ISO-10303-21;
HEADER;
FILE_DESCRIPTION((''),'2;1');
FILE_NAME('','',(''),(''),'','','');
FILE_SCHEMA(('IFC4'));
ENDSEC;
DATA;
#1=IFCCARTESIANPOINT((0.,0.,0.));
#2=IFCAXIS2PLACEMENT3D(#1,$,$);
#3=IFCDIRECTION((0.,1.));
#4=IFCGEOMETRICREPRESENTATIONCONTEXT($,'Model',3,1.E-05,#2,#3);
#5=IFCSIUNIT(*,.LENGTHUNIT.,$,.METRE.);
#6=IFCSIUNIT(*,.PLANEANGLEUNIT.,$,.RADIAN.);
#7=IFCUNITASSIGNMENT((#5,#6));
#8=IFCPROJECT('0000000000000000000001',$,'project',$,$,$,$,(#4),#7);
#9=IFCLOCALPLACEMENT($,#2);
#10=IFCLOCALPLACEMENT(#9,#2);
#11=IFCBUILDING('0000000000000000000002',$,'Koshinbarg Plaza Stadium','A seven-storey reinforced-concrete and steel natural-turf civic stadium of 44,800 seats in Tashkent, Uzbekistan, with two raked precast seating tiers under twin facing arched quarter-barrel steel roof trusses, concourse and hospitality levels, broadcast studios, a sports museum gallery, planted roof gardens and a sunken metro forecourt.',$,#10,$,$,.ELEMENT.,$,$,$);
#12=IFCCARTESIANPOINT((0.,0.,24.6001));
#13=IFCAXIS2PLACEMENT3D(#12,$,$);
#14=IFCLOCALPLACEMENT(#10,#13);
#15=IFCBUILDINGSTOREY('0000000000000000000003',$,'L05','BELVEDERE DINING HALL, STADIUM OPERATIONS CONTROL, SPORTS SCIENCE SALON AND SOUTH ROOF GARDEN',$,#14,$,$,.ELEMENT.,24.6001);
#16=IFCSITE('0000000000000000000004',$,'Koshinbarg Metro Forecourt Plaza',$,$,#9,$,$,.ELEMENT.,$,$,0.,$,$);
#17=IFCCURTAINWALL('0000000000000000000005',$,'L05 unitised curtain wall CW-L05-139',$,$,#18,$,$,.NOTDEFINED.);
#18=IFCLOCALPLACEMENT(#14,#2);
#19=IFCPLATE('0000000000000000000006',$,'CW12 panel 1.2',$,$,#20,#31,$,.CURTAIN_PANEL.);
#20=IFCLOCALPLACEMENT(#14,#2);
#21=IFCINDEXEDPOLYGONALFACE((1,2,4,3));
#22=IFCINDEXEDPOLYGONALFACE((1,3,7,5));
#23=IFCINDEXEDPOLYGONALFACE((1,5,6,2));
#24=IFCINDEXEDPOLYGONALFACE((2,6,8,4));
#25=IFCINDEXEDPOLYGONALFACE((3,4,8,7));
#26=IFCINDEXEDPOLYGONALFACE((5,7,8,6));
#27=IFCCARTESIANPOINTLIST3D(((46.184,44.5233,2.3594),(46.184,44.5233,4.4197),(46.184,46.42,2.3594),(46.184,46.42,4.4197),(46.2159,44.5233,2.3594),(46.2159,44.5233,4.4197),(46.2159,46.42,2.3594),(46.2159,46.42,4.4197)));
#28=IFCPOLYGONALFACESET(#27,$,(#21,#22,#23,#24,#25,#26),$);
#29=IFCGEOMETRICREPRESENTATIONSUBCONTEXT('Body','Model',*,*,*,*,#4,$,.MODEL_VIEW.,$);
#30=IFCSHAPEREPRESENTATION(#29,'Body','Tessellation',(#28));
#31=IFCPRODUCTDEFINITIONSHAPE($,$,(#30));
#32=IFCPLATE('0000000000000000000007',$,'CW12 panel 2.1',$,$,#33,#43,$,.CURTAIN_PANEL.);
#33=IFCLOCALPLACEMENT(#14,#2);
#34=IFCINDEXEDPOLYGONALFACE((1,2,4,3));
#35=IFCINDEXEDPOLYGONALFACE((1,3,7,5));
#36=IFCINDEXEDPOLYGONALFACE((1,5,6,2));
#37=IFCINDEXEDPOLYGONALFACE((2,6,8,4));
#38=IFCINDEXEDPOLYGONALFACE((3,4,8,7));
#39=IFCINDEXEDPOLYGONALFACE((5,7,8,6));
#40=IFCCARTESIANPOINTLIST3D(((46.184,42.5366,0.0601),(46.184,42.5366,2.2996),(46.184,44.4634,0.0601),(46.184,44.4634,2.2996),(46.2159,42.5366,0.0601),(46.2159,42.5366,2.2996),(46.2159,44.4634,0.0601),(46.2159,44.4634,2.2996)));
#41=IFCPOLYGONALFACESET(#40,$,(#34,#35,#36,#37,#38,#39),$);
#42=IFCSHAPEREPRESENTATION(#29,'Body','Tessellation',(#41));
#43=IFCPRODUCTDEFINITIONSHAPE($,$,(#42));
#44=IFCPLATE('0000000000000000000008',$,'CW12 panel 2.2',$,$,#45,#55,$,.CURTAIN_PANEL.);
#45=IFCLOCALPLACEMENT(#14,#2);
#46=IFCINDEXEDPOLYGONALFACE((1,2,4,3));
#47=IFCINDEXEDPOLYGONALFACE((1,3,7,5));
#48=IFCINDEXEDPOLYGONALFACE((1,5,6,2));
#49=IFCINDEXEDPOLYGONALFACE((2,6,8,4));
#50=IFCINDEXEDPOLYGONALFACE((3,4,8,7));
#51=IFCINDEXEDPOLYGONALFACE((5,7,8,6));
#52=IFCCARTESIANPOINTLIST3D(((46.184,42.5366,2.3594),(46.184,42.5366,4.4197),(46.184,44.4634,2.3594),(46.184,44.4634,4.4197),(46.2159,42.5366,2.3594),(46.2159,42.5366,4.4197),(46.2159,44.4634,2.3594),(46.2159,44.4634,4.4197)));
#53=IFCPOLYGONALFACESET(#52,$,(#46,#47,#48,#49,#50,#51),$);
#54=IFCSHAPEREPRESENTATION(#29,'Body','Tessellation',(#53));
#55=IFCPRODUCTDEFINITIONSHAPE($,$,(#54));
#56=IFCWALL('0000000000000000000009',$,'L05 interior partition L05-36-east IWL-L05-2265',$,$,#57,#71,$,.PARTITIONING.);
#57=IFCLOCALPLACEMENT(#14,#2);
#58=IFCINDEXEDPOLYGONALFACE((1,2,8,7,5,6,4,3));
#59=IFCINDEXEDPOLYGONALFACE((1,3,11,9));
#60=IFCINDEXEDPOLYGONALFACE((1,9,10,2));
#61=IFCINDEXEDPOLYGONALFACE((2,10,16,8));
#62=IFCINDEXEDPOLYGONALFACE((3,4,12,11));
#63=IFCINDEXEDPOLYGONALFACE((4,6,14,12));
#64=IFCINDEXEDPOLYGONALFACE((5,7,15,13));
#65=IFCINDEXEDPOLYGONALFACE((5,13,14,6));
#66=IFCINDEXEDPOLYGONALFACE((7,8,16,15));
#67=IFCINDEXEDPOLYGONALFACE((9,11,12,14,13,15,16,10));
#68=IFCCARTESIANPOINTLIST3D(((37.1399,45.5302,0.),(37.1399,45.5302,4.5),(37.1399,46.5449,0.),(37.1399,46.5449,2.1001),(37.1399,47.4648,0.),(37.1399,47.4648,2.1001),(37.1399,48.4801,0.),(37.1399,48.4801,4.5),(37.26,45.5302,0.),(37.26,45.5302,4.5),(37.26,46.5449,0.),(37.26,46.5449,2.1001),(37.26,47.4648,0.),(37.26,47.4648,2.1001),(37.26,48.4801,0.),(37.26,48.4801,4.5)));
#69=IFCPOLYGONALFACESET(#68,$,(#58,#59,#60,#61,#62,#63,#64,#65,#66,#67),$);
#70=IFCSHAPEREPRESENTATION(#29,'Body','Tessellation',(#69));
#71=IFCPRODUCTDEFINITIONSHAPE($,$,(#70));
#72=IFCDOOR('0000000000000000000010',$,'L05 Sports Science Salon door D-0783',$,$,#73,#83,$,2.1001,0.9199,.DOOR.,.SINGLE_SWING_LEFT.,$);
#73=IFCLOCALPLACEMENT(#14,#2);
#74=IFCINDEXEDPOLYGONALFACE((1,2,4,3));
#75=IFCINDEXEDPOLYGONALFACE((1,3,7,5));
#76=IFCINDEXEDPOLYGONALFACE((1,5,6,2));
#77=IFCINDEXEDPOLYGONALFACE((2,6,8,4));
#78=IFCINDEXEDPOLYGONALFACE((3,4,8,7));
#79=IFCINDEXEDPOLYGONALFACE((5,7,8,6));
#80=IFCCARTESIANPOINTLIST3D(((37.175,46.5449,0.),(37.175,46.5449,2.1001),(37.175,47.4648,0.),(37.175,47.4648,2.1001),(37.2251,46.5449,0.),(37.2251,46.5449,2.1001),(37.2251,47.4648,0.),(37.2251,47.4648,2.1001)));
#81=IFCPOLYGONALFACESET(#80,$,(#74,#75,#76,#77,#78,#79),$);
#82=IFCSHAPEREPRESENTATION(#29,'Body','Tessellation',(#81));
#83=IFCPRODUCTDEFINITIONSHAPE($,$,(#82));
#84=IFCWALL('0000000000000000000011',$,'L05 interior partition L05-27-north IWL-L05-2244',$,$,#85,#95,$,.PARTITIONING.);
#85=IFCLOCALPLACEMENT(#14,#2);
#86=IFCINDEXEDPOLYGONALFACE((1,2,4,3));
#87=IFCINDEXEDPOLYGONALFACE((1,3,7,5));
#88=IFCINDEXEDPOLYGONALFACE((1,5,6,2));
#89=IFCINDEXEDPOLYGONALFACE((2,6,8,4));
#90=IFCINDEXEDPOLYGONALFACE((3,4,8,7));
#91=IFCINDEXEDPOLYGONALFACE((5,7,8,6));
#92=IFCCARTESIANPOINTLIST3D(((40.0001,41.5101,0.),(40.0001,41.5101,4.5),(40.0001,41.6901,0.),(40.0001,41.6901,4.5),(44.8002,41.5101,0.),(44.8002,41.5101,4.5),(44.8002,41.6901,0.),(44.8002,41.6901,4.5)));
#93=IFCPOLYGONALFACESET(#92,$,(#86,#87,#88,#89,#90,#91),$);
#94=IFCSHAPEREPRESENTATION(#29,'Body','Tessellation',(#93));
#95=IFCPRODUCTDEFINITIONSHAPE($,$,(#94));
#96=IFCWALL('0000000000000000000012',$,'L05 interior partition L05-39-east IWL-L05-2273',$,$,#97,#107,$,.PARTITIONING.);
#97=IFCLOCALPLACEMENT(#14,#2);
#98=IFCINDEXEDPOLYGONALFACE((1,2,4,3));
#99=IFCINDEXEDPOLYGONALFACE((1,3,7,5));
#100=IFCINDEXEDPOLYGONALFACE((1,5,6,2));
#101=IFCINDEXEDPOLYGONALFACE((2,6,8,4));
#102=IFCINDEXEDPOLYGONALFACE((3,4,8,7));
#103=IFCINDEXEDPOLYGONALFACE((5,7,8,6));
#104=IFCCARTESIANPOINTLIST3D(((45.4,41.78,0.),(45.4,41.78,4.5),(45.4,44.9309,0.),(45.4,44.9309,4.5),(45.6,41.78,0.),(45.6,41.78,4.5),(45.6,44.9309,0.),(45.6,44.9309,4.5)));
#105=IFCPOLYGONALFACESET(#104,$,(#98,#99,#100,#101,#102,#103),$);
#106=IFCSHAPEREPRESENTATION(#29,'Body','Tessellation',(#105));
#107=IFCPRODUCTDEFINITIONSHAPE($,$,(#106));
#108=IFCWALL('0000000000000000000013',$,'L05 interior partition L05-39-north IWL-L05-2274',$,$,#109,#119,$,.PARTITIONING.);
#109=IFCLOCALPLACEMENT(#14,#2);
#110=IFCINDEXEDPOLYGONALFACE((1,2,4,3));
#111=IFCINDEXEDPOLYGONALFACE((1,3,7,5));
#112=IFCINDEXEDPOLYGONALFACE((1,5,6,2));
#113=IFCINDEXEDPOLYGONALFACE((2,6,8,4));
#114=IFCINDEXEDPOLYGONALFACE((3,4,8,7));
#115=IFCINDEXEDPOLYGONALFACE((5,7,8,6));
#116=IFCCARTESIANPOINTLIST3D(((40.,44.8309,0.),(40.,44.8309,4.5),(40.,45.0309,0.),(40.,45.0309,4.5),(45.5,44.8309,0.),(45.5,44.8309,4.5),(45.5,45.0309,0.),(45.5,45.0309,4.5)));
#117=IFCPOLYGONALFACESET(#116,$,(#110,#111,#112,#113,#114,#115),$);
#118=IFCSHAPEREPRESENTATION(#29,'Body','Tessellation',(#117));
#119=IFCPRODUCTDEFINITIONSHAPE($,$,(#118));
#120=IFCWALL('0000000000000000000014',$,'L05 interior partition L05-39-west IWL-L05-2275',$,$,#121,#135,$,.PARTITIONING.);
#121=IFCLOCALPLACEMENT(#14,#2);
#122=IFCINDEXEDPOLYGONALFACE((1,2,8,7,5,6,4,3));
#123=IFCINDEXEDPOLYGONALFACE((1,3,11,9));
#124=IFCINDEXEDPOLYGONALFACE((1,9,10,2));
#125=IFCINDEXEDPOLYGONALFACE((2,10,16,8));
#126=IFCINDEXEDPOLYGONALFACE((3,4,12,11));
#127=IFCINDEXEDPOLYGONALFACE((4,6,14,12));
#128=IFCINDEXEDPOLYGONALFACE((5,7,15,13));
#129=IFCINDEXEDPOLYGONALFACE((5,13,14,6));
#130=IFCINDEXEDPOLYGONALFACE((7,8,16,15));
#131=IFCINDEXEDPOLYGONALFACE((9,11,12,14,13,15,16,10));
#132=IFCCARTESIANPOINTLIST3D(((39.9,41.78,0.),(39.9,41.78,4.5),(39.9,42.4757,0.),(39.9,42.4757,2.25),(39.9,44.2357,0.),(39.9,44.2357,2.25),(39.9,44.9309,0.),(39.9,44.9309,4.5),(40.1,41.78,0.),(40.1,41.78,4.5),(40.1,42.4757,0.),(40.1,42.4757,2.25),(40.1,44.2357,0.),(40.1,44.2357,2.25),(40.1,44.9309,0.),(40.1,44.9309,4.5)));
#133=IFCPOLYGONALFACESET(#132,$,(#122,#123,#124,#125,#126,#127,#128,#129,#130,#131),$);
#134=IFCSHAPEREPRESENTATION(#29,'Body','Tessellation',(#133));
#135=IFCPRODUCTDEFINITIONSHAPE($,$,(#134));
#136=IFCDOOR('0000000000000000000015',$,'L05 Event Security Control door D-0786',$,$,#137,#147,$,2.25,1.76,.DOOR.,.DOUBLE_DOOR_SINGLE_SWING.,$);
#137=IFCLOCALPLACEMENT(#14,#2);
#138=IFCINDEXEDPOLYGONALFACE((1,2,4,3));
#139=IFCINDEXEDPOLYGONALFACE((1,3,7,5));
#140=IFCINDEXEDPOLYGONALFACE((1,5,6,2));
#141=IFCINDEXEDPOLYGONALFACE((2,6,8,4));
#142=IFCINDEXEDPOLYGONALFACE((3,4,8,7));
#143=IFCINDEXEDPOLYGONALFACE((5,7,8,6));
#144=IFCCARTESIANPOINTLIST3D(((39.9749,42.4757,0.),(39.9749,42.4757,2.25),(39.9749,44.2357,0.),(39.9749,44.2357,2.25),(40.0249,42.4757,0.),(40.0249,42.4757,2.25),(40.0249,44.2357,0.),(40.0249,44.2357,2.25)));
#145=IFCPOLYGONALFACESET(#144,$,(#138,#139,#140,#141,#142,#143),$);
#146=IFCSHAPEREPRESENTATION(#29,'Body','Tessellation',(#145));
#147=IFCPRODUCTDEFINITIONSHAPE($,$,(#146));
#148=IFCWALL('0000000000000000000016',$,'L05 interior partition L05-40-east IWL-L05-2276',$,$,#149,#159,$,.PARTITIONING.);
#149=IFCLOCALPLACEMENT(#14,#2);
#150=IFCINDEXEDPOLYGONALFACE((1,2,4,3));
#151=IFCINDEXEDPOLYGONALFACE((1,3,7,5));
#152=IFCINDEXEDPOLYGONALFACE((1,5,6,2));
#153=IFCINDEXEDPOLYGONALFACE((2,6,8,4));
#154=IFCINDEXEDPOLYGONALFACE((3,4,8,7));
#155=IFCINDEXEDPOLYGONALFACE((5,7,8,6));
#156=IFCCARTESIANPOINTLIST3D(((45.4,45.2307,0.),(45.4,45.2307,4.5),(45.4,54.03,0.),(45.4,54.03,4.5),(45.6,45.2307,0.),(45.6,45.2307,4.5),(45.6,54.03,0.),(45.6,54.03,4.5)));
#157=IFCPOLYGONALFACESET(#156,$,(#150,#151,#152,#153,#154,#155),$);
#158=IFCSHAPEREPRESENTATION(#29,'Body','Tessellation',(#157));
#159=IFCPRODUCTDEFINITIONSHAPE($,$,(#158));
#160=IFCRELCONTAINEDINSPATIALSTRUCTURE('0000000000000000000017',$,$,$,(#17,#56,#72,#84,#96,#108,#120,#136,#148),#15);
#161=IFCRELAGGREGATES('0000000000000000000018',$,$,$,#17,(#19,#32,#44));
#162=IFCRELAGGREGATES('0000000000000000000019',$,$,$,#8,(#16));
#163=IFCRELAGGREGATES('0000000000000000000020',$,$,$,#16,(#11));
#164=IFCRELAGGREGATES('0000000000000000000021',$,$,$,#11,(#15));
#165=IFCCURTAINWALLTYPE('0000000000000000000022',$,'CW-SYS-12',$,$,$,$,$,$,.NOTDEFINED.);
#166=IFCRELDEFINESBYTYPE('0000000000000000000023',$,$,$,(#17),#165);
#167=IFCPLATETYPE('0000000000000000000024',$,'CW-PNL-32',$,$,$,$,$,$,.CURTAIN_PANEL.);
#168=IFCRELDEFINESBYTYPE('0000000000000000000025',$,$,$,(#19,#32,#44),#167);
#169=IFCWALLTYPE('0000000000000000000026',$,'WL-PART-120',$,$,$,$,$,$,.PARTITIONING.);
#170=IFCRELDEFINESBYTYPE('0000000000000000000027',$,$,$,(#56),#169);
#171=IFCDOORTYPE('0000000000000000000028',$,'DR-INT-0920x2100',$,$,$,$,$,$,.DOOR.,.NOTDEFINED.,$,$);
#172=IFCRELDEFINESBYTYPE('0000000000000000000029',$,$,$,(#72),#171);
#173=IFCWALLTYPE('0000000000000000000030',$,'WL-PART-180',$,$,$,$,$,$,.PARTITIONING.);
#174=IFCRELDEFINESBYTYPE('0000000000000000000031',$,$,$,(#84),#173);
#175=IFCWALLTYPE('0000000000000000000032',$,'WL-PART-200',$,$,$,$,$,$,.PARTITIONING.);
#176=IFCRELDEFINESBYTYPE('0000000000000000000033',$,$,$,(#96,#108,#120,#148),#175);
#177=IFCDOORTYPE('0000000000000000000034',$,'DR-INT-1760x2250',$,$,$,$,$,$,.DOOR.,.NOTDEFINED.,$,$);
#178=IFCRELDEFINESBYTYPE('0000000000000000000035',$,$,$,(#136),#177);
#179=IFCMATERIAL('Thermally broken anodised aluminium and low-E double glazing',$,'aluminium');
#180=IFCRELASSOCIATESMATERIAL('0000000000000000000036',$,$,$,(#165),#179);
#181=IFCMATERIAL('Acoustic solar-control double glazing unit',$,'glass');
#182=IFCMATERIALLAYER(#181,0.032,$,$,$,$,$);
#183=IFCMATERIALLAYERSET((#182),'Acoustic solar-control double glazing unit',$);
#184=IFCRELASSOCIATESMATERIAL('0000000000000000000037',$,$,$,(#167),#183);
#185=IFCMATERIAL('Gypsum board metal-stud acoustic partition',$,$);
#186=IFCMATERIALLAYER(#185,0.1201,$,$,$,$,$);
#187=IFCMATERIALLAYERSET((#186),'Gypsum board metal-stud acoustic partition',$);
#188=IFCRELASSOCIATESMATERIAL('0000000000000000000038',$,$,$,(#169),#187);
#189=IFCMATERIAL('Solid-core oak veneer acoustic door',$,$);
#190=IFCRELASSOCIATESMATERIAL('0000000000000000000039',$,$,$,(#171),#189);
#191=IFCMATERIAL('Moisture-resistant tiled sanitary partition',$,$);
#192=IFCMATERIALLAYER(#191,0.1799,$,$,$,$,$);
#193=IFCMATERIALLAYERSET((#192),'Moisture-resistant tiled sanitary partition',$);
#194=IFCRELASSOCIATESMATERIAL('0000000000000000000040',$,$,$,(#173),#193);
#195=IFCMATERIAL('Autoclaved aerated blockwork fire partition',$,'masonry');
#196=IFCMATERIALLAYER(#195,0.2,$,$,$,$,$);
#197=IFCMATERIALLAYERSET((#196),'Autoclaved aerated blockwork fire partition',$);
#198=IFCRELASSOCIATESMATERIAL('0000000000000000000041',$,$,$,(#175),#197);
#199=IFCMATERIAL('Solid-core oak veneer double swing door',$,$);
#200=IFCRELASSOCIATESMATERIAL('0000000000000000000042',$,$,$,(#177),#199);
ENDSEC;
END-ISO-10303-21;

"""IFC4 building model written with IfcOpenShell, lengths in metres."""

from ifc_helpers import new_model, si_unit, direction, frame, frame_2d, origin, origin_2d, place, context, subcontext, project, spatial, rectangle, extrude, material, layer, layer_set, type_object, element, fill, aggregate, save


model = new_model("IFC4")

# Units and contexts
model_context = context("Model", 3, precision=1e-05, world=origin(), true_north=direction((0.0, 1.0)))
body_context = subcontext(model_context, "Body", "Model", "MODEL_VIEW")
ifc_project = project(units=[si_unit("LENGTHUNIT", "METRE"), si_unit("PLANEANGLEUNIT", "RADIAN")], contexts=[model_context])

# Site, building, storey
site_placement = place(None, origin())
site = spatial("IfcSite", under=ifc_project, at=site_placement, Name="Koshinbarg Metro Forecourt Plaza", CompositionType="ELEMENT", RefElevation=0.0)
building_placement = place(site_placement, origin())
building = spatial("IfcBuilding", under=site, at=building_placement, Name="Koshinbarg Plaza Stadium", Description="A seven-storey reinforced-concrete and steel natural-turf civic stadium of 44,800 seats in Tashkent, Uzbekistan, with two raked precast seating tiers under twin facing arched quarter-barrel steel roof trusses, concourse and hospitality levels, broadcast studios, a sports museum gallery, planted roof gardens and a sunken metro forecourt.", CompositionType="ELEMENT")
storey_placement = place(building_placement, frame((0.0, 0.0, 24.6001)))
storey = spatial("IfcBuildingStorey", under=building, at=storey_placement, Name="L05", Description="BELVEDERE DINING HALL, STADIUM OPERATIONS CONTROL, SPORTS SCIENCE SALON AND SOUTH ROOF GARDEN", CompositionType="ELEMENT", Elevation=24.6001)

# Shared definitions
ifc_material_1 = material(Name="Thermally broken anodised aluminium and low-E double glazing", Category="aluminium")

# Curtain wall, plates
curtain_wall_type_1 = type_object("IfcCurtainWallType", Name="CW-SYS-12", PredefinedType="NOTDEFINED", material=ifc_material_1)
curtain_wall_1_placement = place(storey_placement, origin())
curtain_wall_1 = element("IfcCurtainWall", 1, at=curtain_wall_1_placement, inside=storey, type_object=curtain_wall_type_1, Name="L05 unitised curtain wall CW-L05-139", PredefinedType="NOTDEFINED")
ifc_material_2 = material(Name="Acoustic solar-control double glazing unit", Category="glass")
ifc_layer_1 = layer(ifc_material_2, 0.032)
ifc_layer_set_1 = layer_set([ifc_layer_1], Name="Acoustic solar-control double glazing unit")
plate_type = type_object("IfcPlateType", Name="CW-PNL-32", PredefinedType="CURTAIN_PANEL", material=ifc_layer_set_1)
plate_1_placement = place(storey_placement, frame((46.2, 45.4717, 2.3594), z_axis=(0.0, 0.0, 1.0), x_axis=(0.0, -1.0, 0.0)))
plate_1 = element("IfcPlate", 2, at=plate_1_placement, type_object=plate_type, Name="CW12 panel 1.2", PredefinedType="CURTAIN_PANEL", context=body_context, shape_type="SweptSolid", body=[
    extrude(rectangle(XDim=1.8967, YDim=0.032, at=origin_2d()), origin(), (0.0, 0.0, 1.0), 2.0603),
])
plate_2_placement = place(storey_placement, frame((46.2, 43.5, 0.0601), z_axis=(0.0, 0.0, 1.0), x_axis=(0.0, -1.0, 0.0)))
plate_2 = element("IfcPlate", 3, at=plate_2_placement, type_object=plate_type, Name="CW12 panel 2.1", PredefinedType="CURTAIN_PANEL", context=body_context, shape_type="SweptSolid", body=[
    extrude(rectangle(XDim=1.9268, YDim=0.032, at=origin_2d()), origin(), (0.0, 0.0, 1.0), 2.2395),
])
plate_3_placement = place(storey_placement, frame((46.2, 43.5, 2.3594), z_axis=(0.0, 0.0, 1.0), x_axis=(0.0, -1.0, 0.0)))
plate_3 = element("IfcPlate", 4, at=plate_3_placement, type_object=plate_type, Name="CW12 panel 2.2", PredefinedType="CURTAIN_PANEL", context=body_context, shape_type="SweptSolid", body=[
    extrude(rectangle(XDim=1.9268, YDim=0.032, at=origin_2d()), origin(), (0.0, 0.0, 1.0), 2.0603),
])
aggregate(curtain_wall_1, [plate_1, plate_2, plate_3])

# Wall, opening, door
ifc_material_3 = material(Name="Gypsum board metal-stud acoustic partition")
ifc_layer_2 = layer(ifc_material_3, 0.1201)
ifc_layer_set_2 = layer_set([ifc_layer_2], Name="Gypsum board metal-stud acoustic partition")
wall_type_1 = type_object("IfcWallType", Name="WL-PART-120", PredefinedType="PARTITIONING", material=ifc_layer_set_2)
wall_1_placement = place(storey_placement, frame((37.2, 45.53, 0.0), z_axis=(0.0, 0.0, 1.0), x_axis=(0.0, 1.0, 0.0)))
wall_1 = element("IfcWall", 5, at=wall_1_placement, inside=storey, type_object=wall_type_1, Name="L05 interior partition L05-36-east IWL-L05-2265", PredefinedType="PARTITIONING", context=body_context, shape_type="SweptSolid", body=[
    extrude(rectangle(XDim=2.95, YDim=0.1201, at=frame_2d((1.4751, 0.0))), origin(), (0.0, 0.0, 1.0), 4.5),
])
opening_1_placement = place(wall_1_placement, frame((1.0149, 0.0, 0.0)))
opening_1 = element("IfcOpeningElement", 6, at=opening_1_placement, cuts=wall_1, PredefinedType="OPENING", context=body_context, shape_type="SweptSolid", body=[
    extrude(rectangle(XDim=0.9199, YDim=2.1001, at=frame_2d((0.46, 1.05))), frame((0.0, 0.0701, 0.0), z_axis=(0.0, -1.0, 0.0), x_axis=(1.0, 0.0, 0.0)), (0.0, 0.0, 1.0), 0.1401),
])
ifc_material_4 = material(Name="Solid-core oak veneer acoustic door")
door_type_1 = type_object("IfcDoorType", Name="DR-INT-0920x2100", OperationType="NOTDEFINED", PredefinedType="DOOR", material=ifc_material_4)
door_1_placement = place(opening_1_placement, origin())
door_1 = element("IfcDoor", 7, at=door_1_placement, inside=storey, type_object=door_type_1, Name="L05 Sports Science Salon door D-0783", OperationType="SINGLE_SWING_LEFT", OverallHeight=2.1001, OverallWidth=0.9199, PredefinedType="DOOR", context=body_context, shape_type="SweptSolid", body=[
    extrude(rectangle(XDim=0.9199, YDim=2.1001, at=frame_2d((0.46, 1.05))), frame((0.0, 0.0249, 0.0), z_axis=(0.0, -1.0, 0.0), x_axis=(1.0, 0.0, 0.0)), (0.0, 0.0, 1.0), 0.05),
])
fill(opening_1, door_1)

# Walls
ifc_material_5 = material(Name="Moisture-resistant tiled sanitary partition")
ifc_layer_3 = layer(ifc_material_5, 0.1799)
ifc_layer_set_3 = layer_set([ifc_layer_3], Name="Moisture-resistant tiled sanitary partition")
wall_type_2 = type_object("IfcWallType", Name="WL-PART-180", PredefinedType="PARTITIONING", material=ifc_layer_set_3)
wall_2_placement = place(storey_placement, frame((44.8, 41.6001, 0.0), z_axis=(0.0, 0.0, 1.0), x_axis=(-1.0, 0.0, 0.0)))
element("IfcWall", 8, at=wall_2_placement, inside=storey, type_object=wall_type_2, Name="L05 interior partition L05-27-north IWL-L05-2244", PredefinedType="PARTITIONING", context=body_context, shape_type="SweptSolid", body=[
    extrude(rectangle(XDim=4.8, YDim=0.1799, at=frame_2d((2.3999, 0.0))), origin(), (0.0, 0.0, 1.0), 4.5),
])
ifc_material_6 = material(Name="Autoclaved aerated blockwork fire partition", Category="masonry")
ifc_layer_4 = layer(ifc_material_6, 0.2)
ifc_layer_set_4 = layer_set([ifc_layer_4], Name="Autoclaved aerated blockwork fire partition")
wall_type_3 = type_object("IfcWallType", Name="WL-PART-200", PredefinedType="PARTITIONING", material=ifc_layer_set_4)
wall_3_placement = place(storey_placement, frame((45.5, 41.78, 0.0), z_axis=(0.0, 0.0, 1.0), x_axis=(0.0, 1.0, 0.0)))
element("IfcWall", 9, at=wall_3_placement, inside=storey, type_object=wall_type_3, Name="L05 interior partition L05-39-east IWL-L05-2273", PredefinedType="PARTITIONING", context=body_context, shape_type="SweptSolid", body=[
    extrude(rectangle(XDim=3.1509, YDim=0.2, at=frame_2d((1.5754, 0.0))), origin(), (0.0, 0.0, 1.0), 4.5),
])
wall_4_placement = place(storey_placement, frame((45.5, 44.9309, 0.0), z_axis=(0.0, 0.0, 1.0), x_axis=(-1.0, 0.0, 0.0)))
element("IfcWall", 10, at=wall_4_placement, inside=storey, type_object=wall_type_3, Name="L05 interior partition L05-39-north IWL-L05-2274", PredefinedType="PARTITIONING", context=body_context, shape_type="SweptSolid", body=[
    extrude(rectangle(XDim=5.5, YDim=0.2, at=frame_2d((2.75, 0.0))), origin(), (0.0, 0.0, 1.0), 4.5),
])

# Wall, opening, door
wall_5_placement = place(storey_placement, frame((40.0, 44.9309, 0.0), z_axis=(0.0, 0.0, 1.0), x_axis=(0.0, -1.0, 0.0)))
wall_5 = element("IfcWall", 11, at=wall_5_placement, inside=storey, type_object=wall_type_3, Name="L05 interior partition L05-39-west IWL-L05-2275", PredefinedType="PARTITIONING", context=body_context, shape_type="SweptSolid", body=[
    extrude(rectangle(XDim=3.1509, YDim=0.2, at=frame_2d((1.5754, 0.0))), origin(), (0.0, 0.0, 1.0), 4.5),
])
opening_2_placement = place(wall_5_placement, frame((0.6953, 0.0, 0.0)))
opening_2 = element("IfcOpeningElement", 12, at=opening_2_placement, cuts=wall_5, PredefinedType="OPENING", context=body_context, shape_type="SweptSolid", body=[
    extrude(rectangle(XDim=1.76, YDim=2.25, at=frame_2d((0.8799, 1.125))), frame((0.0, 0.1099, 0.0), z_axis=(0.0, -1.0, 0.0), x_axis=(1.0, 0.0, 0.0)), (0.0, 0.0, 1.0), 0.22),
])
ifc_material_7 = material(Name="Solid-core oak veneer double swing door")
door_type_2 = type_object("IfcDoorType", Name="DR-INT-1760x2250", OperationType="NOTDEFINED", PredefinedType="DOOR", material=ifc_material_7)
door_2_placement = place(opening_2_placement, origin())
door_2 = element("IfcDoor", 13, at=door_2_placement, inside=storey, type_object=door_type_2, Name="L05 Event Security Control door D-0786", OperationType="DOUBLE_DOOR_SINGLE_SWING", OverallHeight=2.25, OverallWidth=1.76, PredefinedType="DOOR", context=body_context, shape_type="SweptSolid", body=[
    extrude(rectangle(XDim=1.76, YDim=2.25, at=frame_2d((0.8799, 1.125))), frame((0.0, 0.0249, 0.0), z_axis=(0.0, -1.0, 0.0), x_axis=(1.0, 0.0, 0.0)), (0.0, 0.0, 1.0), 0.05),
])
fill(opening_2, door_2)

# Wall
wall_6_placement = place(storey_placement, frame((45.5, 45.2307, 0.0), z_axis=(0.0, 0.0, 1.0), x_axis=(0.0, 1.0, 0.0)))
element("IfcWall", 14, at=wall_6_placement, inside=storey, type_object=wall_type_3, Name="L05 interior partition L05-40-east IWL-L05-2276", PredefinedType="PARTITIONING", context=body_context, shape_type="SweptSolid", body=[
    extrude(rectangle(XDim=8.7993, YDim=0.2, at=frame_2d((4.3997, 0.0))), origin(), (0.0, 0.0, 1.0), 4.5),
])

save(model, "model.ifc")
